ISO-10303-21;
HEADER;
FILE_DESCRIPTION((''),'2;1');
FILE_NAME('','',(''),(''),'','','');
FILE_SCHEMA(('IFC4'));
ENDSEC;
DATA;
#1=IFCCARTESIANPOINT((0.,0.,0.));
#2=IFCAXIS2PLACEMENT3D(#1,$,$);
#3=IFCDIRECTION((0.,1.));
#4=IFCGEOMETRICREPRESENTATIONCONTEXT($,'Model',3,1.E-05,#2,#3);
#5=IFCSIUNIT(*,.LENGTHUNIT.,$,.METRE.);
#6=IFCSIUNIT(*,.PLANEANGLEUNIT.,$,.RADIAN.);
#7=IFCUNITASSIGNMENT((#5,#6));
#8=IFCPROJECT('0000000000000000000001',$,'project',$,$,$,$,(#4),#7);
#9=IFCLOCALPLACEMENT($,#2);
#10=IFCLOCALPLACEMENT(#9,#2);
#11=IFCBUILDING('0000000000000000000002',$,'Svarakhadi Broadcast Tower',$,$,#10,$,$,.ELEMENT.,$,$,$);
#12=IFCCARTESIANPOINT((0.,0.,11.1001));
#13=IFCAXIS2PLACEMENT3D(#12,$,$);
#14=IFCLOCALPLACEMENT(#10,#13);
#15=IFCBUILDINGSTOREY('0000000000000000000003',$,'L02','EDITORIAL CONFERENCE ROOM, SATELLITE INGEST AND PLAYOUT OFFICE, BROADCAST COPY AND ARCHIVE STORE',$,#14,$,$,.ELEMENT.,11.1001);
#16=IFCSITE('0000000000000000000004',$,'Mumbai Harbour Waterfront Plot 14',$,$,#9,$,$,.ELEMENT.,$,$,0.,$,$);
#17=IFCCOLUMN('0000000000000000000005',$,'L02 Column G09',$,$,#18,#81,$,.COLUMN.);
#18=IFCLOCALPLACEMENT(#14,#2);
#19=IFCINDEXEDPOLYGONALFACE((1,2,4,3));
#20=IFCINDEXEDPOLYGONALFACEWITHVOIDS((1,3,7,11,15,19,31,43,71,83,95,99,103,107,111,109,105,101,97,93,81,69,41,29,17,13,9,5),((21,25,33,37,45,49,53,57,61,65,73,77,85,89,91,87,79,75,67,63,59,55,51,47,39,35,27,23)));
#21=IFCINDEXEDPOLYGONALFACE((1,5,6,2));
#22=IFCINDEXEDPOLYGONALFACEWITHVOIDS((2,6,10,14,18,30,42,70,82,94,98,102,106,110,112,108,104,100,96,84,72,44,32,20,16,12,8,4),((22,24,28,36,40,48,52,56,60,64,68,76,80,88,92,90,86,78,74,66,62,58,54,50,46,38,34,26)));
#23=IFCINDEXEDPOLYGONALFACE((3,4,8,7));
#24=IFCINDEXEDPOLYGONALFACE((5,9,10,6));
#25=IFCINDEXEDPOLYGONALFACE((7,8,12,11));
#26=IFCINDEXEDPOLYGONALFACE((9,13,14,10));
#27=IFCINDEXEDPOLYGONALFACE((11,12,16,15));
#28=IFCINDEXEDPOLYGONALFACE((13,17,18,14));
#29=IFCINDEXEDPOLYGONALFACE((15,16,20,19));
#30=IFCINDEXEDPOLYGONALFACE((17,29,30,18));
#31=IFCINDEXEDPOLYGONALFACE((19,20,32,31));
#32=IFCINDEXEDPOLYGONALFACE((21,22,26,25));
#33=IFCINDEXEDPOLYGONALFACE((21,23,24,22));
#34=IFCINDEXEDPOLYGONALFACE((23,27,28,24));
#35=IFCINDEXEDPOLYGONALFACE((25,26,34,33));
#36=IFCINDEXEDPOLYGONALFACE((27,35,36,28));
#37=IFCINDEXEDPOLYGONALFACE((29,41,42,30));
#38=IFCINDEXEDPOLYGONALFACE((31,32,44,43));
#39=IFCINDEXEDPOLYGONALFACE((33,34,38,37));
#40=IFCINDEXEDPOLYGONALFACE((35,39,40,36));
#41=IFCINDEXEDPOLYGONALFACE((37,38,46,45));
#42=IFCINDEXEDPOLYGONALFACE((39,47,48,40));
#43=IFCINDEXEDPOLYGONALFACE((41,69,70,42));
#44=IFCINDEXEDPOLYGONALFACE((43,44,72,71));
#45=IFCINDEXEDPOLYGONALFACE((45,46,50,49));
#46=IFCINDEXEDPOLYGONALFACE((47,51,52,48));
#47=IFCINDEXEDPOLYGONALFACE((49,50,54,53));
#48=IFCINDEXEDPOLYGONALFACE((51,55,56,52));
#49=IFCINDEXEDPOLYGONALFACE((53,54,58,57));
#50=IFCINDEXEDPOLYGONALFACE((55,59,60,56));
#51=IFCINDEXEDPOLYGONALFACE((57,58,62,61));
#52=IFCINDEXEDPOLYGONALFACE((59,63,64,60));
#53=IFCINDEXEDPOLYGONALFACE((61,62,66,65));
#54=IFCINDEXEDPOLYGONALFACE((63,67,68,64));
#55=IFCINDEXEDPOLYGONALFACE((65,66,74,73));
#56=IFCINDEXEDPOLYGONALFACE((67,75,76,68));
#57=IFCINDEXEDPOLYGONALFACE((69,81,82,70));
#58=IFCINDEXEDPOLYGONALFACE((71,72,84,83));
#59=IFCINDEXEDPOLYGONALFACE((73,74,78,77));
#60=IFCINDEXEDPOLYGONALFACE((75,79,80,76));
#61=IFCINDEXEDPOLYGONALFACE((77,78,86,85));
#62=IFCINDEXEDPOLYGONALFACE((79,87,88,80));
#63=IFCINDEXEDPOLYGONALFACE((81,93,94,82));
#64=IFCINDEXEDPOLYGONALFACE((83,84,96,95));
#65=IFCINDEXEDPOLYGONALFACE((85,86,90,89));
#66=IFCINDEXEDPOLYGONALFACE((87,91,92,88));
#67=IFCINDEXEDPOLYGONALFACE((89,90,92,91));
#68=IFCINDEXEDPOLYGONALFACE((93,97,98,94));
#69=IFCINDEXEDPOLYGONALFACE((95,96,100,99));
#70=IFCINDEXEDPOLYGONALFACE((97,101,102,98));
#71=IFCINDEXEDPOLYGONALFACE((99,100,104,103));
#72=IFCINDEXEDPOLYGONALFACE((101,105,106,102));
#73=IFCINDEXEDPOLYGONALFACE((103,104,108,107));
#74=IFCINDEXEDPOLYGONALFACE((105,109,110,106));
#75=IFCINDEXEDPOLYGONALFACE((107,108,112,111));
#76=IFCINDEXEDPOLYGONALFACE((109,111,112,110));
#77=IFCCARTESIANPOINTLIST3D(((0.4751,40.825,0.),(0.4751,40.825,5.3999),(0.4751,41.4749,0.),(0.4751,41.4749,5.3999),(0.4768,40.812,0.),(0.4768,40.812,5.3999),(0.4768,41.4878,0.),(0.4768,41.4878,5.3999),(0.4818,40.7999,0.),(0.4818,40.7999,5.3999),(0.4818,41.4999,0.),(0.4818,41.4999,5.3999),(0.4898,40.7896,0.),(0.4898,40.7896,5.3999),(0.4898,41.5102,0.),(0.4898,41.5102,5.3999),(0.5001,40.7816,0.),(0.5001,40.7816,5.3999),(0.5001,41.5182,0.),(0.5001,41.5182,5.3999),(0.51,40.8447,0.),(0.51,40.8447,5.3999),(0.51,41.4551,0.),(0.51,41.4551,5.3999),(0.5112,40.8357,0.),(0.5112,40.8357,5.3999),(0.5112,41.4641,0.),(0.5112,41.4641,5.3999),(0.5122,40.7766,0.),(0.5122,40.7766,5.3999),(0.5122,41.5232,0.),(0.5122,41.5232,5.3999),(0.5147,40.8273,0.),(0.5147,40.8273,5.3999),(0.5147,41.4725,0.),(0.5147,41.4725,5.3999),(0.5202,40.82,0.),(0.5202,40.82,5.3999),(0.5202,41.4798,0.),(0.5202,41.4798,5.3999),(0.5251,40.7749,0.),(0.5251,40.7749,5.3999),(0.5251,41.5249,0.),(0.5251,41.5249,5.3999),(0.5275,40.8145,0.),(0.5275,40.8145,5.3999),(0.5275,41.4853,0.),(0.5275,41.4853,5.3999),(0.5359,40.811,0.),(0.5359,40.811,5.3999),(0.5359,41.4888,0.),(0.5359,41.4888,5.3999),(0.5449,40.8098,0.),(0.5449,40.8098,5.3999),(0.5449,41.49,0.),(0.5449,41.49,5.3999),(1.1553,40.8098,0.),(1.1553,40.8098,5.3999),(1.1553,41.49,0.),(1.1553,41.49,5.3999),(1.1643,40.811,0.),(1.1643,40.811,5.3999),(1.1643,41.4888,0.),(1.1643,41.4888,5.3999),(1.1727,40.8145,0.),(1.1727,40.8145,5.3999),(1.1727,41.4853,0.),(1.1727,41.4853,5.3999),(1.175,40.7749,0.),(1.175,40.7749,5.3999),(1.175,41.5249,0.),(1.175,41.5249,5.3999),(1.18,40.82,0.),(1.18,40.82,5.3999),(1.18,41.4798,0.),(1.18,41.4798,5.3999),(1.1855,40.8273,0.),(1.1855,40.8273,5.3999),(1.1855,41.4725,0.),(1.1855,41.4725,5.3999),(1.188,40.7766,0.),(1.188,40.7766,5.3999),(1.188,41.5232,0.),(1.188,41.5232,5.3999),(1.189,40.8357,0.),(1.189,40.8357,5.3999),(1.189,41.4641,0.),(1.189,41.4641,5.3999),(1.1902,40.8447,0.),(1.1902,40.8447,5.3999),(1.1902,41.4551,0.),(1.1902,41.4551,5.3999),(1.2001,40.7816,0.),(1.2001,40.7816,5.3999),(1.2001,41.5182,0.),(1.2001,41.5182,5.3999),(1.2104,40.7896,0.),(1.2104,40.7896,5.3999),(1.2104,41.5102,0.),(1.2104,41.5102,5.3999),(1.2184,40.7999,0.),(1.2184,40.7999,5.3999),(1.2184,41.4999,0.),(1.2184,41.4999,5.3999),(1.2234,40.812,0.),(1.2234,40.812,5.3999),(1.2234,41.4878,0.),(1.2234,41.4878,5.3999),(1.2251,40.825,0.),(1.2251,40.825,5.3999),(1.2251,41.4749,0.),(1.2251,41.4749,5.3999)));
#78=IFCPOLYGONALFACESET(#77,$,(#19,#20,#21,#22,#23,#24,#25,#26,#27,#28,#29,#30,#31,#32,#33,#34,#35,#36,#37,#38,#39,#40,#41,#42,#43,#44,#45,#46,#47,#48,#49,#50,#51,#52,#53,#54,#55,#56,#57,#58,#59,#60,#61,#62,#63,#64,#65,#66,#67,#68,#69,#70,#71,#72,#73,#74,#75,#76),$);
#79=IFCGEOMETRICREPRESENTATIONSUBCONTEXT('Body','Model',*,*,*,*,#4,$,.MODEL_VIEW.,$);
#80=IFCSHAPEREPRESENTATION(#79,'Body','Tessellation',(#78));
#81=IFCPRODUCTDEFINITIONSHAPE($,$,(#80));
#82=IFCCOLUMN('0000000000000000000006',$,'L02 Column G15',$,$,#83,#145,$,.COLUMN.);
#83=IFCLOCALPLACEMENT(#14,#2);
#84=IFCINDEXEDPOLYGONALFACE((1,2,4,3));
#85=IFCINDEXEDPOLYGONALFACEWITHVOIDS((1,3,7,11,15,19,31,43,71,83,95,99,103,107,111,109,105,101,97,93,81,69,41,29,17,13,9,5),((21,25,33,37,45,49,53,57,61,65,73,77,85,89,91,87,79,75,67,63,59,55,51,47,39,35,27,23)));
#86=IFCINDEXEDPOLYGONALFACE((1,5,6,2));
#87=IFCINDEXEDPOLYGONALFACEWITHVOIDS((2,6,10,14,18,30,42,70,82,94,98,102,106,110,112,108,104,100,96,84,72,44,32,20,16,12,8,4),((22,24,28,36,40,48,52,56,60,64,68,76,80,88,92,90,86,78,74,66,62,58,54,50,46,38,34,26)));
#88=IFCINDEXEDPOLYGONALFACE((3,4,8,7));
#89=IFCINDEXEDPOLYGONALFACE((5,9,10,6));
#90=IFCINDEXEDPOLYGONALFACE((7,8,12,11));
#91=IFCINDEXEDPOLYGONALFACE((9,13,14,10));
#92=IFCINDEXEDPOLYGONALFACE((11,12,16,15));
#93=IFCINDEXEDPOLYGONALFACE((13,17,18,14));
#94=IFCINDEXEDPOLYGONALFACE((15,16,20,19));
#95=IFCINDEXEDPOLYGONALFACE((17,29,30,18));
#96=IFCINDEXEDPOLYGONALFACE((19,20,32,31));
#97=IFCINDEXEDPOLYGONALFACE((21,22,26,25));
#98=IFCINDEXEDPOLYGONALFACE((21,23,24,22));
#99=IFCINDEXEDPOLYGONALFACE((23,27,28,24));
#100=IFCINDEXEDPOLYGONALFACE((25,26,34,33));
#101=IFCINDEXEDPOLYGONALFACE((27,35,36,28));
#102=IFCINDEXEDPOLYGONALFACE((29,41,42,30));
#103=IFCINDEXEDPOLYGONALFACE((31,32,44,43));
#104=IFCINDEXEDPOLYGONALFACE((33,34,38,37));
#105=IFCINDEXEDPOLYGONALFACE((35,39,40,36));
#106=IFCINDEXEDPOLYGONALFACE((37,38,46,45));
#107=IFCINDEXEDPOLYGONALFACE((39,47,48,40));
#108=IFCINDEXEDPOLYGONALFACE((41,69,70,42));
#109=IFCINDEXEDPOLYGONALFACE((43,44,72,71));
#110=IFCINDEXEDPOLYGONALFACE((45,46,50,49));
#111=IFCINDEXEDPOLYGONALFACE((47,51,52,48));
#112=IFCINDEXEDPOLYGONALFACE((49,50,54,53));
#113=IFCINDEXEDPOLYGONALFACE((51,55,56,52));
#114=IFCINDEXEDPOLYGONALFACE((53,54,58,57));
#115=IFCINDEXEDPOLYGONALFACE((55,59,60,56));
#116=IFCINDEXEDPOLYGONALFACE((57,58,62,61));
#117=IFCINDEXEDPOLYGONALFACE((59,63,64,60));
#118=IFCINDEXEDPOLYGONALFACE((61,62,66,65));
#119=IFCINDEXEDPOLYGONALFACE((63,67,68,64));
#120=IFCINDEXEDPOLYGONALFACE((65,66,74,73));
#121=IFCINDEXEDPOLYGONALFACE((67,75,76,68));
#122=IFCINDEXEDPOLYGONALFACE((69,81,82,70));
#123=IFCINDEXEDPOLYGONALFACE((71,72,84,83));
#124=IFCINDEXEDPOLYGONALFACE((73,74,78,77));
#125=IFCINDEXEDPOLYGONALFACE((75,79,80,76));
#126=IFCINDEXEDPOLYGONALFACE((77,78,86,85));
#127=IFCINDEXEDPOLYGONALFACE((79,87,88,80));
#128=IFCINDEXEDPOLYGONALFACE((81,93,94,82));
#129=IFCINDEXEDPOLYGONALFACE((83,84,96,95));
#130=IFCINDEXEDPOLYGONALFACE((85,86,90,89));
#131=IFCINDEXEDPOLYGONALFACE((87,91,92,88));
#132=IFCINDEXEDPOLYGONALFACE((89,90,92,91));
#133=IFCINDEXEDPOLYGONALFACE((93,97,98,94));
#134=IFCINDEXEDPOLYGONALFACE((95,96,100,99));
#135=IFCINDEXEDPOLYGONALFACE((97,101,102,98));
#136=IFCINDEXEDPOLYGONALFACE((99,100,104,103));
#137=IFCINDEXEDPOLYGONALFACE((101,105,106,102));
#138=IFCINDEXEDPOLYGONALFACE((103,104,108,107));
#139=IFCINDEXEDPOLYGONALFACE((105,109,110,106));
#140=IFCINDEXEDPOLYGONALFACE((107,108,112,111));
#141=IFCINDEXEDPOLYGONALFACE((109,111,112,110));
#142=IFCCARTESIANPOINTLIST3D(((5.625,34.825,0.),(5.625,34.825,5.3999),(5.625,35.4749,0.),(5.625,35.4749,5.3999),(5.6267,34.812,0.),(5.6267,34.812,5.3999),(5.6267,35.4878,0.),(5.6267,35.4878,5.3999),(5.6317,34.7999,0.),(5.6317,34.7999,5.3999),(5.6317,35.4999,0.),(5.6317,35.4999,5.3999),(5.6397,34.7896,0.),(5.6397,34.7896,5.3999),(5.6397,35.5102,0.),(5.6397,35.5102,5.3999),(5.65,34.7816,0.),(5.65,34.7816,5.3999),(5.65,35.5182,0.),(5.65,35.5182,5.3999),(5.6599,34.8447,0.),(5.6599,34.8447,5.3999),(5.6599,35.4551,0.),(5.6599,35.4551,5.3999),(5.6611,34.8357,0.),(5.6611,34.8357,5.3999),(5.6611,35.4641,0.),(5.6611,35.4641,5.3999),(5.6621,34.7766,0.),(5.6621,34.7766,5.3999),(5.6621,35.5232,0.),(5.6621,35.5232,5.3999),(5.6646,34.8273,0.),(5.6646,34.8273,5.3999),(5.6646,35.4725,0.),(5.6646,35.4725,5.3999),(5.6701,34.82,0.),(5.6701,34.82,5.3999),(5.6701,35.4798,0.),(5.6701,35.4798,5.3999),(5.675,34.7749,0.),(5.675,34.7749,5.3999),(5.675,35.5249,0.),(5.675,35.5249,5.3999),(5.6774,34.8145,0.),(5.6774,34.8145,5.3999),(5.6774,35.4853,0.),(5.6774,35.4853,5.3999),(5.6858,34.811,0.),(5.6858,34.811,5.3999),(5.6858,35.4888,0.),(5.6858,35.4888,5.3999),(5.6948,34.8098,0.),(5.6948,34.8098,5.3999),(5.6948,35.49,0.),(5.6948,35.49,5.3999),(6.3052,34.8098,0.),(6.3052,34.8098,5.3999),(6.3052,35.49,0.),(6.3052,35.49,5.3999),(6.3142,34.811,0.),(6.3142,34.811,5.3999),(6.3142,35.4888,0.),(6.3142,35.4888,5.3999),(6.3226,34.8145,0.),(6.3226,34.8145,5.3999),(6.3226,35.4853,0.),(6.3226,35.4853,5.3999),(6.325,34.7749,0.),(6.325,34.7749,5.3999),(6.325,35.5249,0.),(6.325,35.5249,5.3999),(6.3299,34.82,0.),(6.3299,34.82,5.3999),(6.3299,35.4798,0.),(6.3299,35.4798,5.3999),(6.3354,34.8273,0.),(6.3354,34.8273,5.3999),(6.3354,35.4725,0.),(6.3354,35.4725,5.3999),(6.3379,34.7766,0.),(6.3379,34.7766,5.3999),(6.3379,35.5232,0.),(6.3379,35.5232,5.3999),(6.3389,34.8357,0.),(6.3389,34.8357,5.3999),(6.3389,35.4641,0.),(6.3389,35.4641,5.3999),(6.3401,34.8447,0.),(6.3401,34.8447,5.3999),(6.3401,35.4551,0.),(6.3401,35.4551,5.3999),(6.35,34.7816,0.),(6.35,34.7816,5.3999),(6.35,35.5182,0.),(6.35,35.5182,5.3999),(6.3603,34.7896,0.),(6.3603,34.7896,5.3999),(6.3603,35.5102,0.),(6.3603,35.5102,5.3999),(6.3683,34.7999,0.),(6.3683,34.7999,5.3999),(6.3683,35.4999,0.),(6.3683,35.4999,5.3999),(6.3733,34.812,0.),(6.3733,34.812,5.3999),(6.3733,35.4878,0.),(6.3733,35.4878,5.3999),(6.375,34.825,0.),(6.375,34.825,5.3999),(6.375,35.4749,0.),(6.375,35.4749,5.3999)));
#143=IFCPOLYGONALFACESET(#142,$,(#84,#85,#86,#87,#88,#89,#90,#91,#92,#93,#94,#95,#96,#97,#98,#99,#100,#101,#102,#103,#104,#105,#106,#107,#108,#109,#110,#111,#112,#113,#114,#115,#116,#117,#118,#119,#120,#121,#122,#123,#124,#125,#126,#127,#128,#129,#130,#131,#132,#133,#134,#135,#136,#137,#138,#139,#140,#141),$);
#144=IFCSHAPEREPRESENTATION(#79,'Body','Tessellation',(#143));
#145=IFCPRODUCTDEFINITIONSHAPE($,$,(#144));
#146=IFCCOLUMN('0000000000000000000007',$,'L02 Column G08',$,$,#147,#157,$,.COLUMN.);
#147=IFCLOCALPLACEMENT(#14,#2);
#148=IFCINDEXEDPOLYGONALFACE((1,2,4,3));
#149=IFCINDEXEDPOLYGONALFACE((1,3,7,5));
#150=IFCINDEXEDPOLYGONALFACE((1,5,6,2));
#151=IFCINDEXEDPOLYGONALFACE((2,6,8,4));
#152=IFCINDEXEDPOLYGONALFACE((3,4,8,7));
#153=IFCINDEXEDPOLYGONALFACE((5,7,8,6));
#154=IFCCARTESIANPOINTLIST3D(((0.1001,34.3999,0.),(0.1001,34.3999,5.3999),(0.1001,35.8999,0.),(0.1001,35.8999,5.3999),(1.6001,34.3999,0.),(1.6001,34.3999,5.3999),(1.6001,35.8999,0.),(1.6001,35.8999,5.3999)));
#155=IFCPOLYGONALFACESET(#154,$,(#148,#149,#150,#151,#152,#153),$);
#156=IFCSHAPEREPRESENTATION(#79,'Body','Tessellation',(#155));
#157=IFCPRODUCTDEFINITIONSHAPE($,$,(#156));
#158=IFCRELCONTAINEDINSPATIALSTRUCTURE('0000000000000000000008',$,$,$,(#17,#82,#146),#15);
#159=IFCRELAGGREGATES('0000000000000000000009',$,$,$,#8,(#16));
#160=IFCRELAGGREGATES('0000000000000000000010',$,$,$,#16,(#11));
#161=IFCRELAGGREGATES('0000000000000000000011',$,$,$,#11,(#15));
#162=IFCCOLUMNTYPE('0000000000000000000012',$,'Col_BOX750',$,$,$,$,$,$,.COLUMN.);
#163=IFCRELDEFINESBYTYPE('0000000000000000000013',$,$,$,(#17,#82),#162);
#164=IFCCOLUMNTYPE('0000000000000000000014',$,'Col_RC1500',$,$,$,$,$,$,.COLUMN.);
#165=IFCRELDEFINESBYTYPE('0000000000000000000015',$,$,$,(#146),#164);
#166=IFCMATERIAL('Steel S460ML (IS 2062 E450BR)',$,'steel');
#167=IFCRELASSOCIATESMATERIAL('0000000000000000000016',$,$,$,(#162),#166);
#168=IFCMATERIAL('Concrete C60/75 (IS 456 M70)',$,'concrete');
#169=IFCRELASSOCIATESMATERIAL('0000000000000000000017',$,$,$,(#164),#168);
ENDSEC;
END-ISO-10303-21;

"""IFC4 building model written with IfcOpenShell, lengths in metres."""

from ifc_helpers import new_model, si_unit, direction, frame, origin, origin_2d, place, context, subcontext, project, spatial, rectangle, hollow_rectangle, extrude, material, material_profile, profile_set, type_object, element, save


model = new_model("IFC4")

# Units and contexts
model_context = context("Model", 3, precision=1e-05, world=origin(), true_north=direction((0.0, 1.0)))
body_context = subcontext(model_context, "Body", "Model", "MODEL_VIEW")
ifc_project = project(units=[si_unit("LENGTHUNIT", "METRE"), si_unit("PLANEANGLEUNIT", "RADIAN")], contexts=[model_context])

# Site, building, storey
site_placement = place(None, origin())
site = spatial("IfcSite", under=ifc_project, at=site_placement, Name="Mumbai Harbour Waterfront Plot 14", CompositionType="ELEMENT", RefElevation=0.0)
building_placement = place(site_placement, origin())
building = spatial("IfcBuilding", under=site, at=building_placement, Name="Svarakhadi Broadcast Tower", CompositionType="ELEMENT")
storey_placement = place(building_placement, frame((0.0, 0.0, 11.1001)))
storey = spatial("IfcBuildingStorey", under=building, at=storey_placement, Name="L02", Description="EDITORIAL CONFERENCE ROOM, SATELLITE INGEST AND PLAYOUT OFFICE, BROADCAST COPY AND ARCHIVE STORE", CompositionType="ELEMENT", Elevation=11.1001)

# Columns
ifc_material_1 = material(Name="Steel S460ML (IS 2062 E450BR)", Category="steel")
ifc_material_profile_1 = material_profile(ifc_material_1, hollow_rectangle(XDim=0.75, YDim=0.75, WallThickness=0.0349, InnerFilletRadius=0.0349, OuterFilletRadius=0.05, at=origin_2d()), Name="BOX 750x750x35")
ifc_profile_set_1 = profile_set([ifc_material_profile_1], Name="Steel S460ML (IS 2062 E450BR)")
column_type_1 = type_object("IfcColumnType", Name="Col_BOX750", PredefinedType="COLUMN", material=ifc_profile_set_1)
for number, where, z_axis, x_axis, name in (
    (1, (0.8501, 41.1499, 0.0), (0.0, 0.0, 1.0), (1.0, 0.0, 0.0), "L02 Column G09"),
    (2, (6.0, 35.1499, 0.0), (0.0, 0.0, 1.0), (1.0, 0.0, 0.0), "L02 Column G15"),
):
    element("IfcColumn", number, at=place(storey_placement, frame(where, z_axis=z_axis, x_axis=x_axis)), inside=storey, type_object=column_type_1, Name=name, PredefinedType="COLUMN", context=body_context, shape_type="SweptSolid", body=[
        extrude(hollow_rectangle(XDim=0.75, YDim=0.75, WallThickness=0.0349, InnerFilletRadius=0.0349, OuterFilletRadius=0.05, at=origin_2d()), origin(), (0.0, 0.0, 1.0), 5.3999),
    ])
ifc_material_2 = material(Name="Concrete C60/75 (IS 456 M70)", Category="concrete")
ifc_material_profile_2 = material_profile(ifc_material_2, rectangle(XDim=1.5, YDim=1.5, at=origin_2d()), Name="RC 1500x1500")
ifc_profile_set_2 = profile_set([ifc_material_profile_2], Name="Concrete C60/75 (IS 456 M70)")
column_type_2 = type_object("IfcColumnType", Name="Col_RC1500", PredefinedType="COLUMN", material=ifc_profile_set_2)
column_placement = place(storey_placement, frame((0.8501, 35.1499, 0.0), z_axis=(0.0, 0.0, 1.0), x_axis=(1.0, 0.0, 0.0)))
element("IfcColumn", 3, at=column_placement, inside=storey, type_object=column_type_2, Name="L02 Column G08", PredefinedType="COLUMN", context=body_context, shape_type="SweptSolid", body=[
    extrude(rectangle(XDim=1.5, YDim=1.5, at=origin_2d()), origin(), (0.0, 0.0, 1.0), 5.3999),
])

save(model, "model.ifc")
